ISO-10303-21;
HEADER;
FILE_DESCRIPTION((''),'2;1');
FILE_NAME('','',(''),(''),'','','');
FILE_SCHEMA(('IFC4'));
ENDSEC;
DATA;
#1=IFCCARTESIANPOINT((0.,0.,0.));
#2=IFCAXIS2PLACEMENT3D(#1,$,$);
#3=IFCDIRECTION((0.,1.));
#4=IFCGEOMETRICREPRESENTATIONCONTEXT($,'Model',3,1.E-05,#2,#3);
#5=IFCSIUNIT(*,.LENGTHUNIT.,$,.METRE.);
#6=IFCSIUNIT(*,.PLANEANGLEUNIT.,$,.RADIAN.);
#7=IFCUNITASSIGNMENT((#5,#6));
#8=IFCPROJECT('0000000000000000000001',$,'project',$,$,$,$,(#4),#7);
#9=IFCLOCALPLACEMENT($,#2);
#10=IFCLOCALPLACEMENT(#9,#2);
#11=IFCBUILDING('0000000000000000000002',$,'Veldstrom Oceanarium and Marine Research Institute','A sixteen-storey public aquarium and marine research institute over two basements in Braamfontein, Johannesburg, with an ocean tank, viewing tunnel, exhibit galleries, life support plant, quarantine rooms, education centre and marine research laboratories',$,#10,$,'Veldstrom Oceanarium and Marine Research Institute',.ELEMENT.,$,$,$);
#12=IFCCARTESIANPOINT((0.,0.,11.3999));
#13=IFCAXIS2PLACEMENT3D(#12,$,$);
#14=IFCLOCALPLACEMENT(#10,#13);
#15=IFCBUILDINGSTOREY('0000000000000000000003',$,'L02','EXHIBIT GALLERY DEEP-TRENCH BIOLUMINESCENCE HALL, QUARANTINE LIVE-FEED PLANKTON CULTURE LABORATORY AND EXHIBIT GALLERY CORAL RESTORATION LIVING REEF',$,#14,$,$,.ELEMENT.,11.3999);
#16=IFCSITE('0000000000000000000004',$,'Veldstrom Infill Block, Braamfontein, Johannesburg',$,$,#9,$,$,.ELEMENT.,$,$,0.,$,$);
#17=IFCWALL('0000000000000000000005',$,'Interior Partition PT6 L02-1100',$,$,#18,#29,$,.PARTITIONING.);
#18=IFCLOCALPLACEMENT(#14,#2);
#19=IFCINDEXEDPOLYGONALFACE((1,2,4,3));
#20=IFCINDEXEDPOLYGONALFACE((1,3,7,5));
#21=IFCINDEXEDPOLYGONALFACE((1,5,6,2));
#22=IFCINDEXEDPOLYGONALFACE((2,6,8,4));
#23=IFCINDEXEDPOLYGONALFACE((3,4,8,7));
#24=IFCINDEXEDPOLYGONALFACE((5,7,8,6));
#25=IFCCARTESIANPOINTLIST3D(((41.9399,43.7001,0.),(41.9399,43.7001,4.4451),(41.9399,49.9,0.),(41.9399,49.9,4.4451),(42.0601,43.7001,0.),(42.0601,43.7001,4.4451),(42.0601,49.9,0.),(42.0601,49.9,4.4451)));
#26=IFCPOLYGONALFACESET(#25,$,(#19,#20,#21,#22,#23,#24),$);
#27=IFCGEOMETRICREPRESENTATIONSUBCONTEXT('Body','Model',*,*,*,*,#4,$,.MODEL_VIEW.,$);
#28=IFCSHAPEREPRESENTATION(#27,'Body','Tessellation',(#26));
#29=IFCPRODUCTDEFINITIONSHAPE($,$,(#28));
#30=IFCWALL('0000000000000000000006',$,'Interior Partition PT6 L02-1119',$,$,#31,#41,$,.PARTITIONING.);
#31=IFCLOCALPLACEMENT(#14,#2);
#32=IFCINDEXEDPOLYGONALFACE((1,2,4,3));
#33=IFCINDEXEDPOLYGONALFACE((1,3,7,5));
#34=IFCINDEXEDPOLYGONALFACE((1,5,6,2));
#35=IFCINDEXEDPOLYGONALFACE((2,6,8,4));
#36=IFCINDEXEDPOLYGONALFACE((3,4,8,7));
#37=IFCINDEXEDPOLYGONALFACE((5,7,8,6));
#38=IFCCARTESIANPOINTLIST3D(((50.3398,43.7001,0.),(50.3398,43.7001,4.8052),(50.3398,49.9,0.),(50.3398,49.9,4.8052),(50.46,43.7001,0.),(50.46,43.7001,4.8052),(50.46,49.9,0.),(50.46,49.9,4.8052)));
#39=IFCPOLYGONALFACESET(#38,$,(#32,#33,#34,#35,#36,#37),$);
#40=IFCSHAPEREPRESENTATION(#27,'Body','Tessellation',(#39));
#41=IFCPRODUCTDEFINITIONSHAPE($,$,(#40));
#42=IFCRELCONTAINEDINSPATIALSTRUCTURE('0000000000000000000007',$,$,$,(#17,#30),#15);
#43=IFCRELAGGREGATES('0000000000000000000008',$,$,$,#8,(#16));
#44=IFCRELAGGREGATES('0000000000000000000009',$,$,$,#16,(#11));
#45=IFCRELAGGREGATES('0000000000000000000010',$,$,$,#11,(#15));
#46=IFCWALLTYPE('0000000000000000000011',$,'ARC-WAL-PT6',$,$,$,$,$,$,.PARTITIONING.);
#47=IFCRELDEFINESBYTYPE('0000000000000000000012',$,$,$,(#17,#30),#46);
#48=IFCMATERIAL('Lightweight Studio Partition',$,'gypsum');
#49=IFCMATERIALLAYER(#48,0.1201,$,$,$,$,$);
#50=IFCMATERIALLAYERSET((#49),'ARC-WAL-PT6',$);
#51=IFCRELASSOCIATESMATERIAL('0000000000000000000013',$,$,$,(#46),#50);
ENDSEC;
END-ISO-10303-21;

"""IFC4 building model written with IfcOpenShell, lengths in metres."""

from ifc_helpers import new_model, si_unit, direction, frame, frame_2d, origin, place, context, subcontext, project, spatial, rectangle, extrude, material, layer, layer_set, type_object, element, save


model = new_model("IFC4")

# Units and contexts
model_context = context("Model", 3, precision=1e-05, world=origin(), true_north=direction((0.0, 1.0)))
body_context = subcontext(model_context, "Body", "Model", "MODEL_VIEW")
ifc_project = project(units=[si_unit("LENGTHUNIT", "METRE"), si_unit("PLANEANGLEUNIT", "RADIAN")], contexts=[model_context])

# Site, building, storey
site_placement = place(None, origin())
site = spatial("IfcSite", under=ifc_project, at=site_placement, Name="Veldstrom Infill Block, Braamfontein, Johannesburg", CompositionType="ELEMENT", RefElevation=0.0)
building_placement = place(site_placement, origin())
building = spatial("IfcBuilding", under=site, at=building_placement, Name="Veldstrom Oceanarium and Marine Research Institute", Description="A sixteen-storey public aquarium and marine research institute over two basements in Braamfontein, Johannesburg, with an ocean tank, viewing tunnel, exhibit galleries, life support plant, quarantine rooms, education centre and marine research laboratories", LongName="Veldstrom Oceanarium and Marine Research Institute", CompositionType="ELEMENT")
storey_placement = place(building_placement, frame((0.0, 0.0, 11.3999)))
storey = spatial("IfcBuildingStorey", under=building, at=storey_placement, Name="L02", Description="EXHIBIT GALLERY DEEP-TRENCH BIOLUMINESCENCE HALL, QUARANTINE LIVE-FEED PLANKTON CULTURE LABORATORY AND EXHIBIT GALLERY CORAL RESTORATION LIVING REEF", CompositionType="ELEMENT", Elevation=11.3999)

# Walls
ifc_material_1 = material(Name="Lightweight Studio Partition", Category="gypsum")
ifc_layer_1 = layer(ifc_material_1, 0.1201)
ifc_layer_set_1 = layer_set([ifc_layer_1], Name="ARC-WAL-PT6")
wall_type_1 = type_object("IfcWallType", Name="ARC-WAL-PT6", PredefinedType="PARTITIONING", material=ifc_layer_set_1)
wall_1_placement = place(storey_placement, frame((42.0, 43.7, 0.0), z_axis=(0.0, 0.0, 1.0), x_axis=(0.0, 1.0, 0.0)))
element("IfcWall", 1, at=wall_1_placement, inside=storey, type_object=wall_type_1, Name="Interior Partition PT6 L02-1100", PredefinedType="PARTITIONING", context=body_context, shape_type="SweptSolid", body=[
    extrude(rectangle(XDim=6.2, YDim=0.1201, at=frame_2d((3.1001, 0.0))), origin(), (0.0, 0.0, 1.0), 4.4451),
])
wall_2_placement = place(storey_placement, frame((50.3999, 43.7, 0.0), z_axis=(0.0, 0.0, 1.0), x_axis=(0.0, 1.0, 0.0)))
element("IfcWall", 2, at=wall_2_placement, inside=storey, type_object=wall_type_1, Name="Interior Partition PT6 L02-1119", PredefinedType="PARTITIONING", context=body_context, shape_type="SweptSolid", body=[
    extrude(rectangle(XDim=6.2, YDim=0.1201, at=frame_2d((3.1001, 0.0))), origin(), (0.0, 0.0, 1.0), 4.8052),
])

save(model, "model.ifc")
